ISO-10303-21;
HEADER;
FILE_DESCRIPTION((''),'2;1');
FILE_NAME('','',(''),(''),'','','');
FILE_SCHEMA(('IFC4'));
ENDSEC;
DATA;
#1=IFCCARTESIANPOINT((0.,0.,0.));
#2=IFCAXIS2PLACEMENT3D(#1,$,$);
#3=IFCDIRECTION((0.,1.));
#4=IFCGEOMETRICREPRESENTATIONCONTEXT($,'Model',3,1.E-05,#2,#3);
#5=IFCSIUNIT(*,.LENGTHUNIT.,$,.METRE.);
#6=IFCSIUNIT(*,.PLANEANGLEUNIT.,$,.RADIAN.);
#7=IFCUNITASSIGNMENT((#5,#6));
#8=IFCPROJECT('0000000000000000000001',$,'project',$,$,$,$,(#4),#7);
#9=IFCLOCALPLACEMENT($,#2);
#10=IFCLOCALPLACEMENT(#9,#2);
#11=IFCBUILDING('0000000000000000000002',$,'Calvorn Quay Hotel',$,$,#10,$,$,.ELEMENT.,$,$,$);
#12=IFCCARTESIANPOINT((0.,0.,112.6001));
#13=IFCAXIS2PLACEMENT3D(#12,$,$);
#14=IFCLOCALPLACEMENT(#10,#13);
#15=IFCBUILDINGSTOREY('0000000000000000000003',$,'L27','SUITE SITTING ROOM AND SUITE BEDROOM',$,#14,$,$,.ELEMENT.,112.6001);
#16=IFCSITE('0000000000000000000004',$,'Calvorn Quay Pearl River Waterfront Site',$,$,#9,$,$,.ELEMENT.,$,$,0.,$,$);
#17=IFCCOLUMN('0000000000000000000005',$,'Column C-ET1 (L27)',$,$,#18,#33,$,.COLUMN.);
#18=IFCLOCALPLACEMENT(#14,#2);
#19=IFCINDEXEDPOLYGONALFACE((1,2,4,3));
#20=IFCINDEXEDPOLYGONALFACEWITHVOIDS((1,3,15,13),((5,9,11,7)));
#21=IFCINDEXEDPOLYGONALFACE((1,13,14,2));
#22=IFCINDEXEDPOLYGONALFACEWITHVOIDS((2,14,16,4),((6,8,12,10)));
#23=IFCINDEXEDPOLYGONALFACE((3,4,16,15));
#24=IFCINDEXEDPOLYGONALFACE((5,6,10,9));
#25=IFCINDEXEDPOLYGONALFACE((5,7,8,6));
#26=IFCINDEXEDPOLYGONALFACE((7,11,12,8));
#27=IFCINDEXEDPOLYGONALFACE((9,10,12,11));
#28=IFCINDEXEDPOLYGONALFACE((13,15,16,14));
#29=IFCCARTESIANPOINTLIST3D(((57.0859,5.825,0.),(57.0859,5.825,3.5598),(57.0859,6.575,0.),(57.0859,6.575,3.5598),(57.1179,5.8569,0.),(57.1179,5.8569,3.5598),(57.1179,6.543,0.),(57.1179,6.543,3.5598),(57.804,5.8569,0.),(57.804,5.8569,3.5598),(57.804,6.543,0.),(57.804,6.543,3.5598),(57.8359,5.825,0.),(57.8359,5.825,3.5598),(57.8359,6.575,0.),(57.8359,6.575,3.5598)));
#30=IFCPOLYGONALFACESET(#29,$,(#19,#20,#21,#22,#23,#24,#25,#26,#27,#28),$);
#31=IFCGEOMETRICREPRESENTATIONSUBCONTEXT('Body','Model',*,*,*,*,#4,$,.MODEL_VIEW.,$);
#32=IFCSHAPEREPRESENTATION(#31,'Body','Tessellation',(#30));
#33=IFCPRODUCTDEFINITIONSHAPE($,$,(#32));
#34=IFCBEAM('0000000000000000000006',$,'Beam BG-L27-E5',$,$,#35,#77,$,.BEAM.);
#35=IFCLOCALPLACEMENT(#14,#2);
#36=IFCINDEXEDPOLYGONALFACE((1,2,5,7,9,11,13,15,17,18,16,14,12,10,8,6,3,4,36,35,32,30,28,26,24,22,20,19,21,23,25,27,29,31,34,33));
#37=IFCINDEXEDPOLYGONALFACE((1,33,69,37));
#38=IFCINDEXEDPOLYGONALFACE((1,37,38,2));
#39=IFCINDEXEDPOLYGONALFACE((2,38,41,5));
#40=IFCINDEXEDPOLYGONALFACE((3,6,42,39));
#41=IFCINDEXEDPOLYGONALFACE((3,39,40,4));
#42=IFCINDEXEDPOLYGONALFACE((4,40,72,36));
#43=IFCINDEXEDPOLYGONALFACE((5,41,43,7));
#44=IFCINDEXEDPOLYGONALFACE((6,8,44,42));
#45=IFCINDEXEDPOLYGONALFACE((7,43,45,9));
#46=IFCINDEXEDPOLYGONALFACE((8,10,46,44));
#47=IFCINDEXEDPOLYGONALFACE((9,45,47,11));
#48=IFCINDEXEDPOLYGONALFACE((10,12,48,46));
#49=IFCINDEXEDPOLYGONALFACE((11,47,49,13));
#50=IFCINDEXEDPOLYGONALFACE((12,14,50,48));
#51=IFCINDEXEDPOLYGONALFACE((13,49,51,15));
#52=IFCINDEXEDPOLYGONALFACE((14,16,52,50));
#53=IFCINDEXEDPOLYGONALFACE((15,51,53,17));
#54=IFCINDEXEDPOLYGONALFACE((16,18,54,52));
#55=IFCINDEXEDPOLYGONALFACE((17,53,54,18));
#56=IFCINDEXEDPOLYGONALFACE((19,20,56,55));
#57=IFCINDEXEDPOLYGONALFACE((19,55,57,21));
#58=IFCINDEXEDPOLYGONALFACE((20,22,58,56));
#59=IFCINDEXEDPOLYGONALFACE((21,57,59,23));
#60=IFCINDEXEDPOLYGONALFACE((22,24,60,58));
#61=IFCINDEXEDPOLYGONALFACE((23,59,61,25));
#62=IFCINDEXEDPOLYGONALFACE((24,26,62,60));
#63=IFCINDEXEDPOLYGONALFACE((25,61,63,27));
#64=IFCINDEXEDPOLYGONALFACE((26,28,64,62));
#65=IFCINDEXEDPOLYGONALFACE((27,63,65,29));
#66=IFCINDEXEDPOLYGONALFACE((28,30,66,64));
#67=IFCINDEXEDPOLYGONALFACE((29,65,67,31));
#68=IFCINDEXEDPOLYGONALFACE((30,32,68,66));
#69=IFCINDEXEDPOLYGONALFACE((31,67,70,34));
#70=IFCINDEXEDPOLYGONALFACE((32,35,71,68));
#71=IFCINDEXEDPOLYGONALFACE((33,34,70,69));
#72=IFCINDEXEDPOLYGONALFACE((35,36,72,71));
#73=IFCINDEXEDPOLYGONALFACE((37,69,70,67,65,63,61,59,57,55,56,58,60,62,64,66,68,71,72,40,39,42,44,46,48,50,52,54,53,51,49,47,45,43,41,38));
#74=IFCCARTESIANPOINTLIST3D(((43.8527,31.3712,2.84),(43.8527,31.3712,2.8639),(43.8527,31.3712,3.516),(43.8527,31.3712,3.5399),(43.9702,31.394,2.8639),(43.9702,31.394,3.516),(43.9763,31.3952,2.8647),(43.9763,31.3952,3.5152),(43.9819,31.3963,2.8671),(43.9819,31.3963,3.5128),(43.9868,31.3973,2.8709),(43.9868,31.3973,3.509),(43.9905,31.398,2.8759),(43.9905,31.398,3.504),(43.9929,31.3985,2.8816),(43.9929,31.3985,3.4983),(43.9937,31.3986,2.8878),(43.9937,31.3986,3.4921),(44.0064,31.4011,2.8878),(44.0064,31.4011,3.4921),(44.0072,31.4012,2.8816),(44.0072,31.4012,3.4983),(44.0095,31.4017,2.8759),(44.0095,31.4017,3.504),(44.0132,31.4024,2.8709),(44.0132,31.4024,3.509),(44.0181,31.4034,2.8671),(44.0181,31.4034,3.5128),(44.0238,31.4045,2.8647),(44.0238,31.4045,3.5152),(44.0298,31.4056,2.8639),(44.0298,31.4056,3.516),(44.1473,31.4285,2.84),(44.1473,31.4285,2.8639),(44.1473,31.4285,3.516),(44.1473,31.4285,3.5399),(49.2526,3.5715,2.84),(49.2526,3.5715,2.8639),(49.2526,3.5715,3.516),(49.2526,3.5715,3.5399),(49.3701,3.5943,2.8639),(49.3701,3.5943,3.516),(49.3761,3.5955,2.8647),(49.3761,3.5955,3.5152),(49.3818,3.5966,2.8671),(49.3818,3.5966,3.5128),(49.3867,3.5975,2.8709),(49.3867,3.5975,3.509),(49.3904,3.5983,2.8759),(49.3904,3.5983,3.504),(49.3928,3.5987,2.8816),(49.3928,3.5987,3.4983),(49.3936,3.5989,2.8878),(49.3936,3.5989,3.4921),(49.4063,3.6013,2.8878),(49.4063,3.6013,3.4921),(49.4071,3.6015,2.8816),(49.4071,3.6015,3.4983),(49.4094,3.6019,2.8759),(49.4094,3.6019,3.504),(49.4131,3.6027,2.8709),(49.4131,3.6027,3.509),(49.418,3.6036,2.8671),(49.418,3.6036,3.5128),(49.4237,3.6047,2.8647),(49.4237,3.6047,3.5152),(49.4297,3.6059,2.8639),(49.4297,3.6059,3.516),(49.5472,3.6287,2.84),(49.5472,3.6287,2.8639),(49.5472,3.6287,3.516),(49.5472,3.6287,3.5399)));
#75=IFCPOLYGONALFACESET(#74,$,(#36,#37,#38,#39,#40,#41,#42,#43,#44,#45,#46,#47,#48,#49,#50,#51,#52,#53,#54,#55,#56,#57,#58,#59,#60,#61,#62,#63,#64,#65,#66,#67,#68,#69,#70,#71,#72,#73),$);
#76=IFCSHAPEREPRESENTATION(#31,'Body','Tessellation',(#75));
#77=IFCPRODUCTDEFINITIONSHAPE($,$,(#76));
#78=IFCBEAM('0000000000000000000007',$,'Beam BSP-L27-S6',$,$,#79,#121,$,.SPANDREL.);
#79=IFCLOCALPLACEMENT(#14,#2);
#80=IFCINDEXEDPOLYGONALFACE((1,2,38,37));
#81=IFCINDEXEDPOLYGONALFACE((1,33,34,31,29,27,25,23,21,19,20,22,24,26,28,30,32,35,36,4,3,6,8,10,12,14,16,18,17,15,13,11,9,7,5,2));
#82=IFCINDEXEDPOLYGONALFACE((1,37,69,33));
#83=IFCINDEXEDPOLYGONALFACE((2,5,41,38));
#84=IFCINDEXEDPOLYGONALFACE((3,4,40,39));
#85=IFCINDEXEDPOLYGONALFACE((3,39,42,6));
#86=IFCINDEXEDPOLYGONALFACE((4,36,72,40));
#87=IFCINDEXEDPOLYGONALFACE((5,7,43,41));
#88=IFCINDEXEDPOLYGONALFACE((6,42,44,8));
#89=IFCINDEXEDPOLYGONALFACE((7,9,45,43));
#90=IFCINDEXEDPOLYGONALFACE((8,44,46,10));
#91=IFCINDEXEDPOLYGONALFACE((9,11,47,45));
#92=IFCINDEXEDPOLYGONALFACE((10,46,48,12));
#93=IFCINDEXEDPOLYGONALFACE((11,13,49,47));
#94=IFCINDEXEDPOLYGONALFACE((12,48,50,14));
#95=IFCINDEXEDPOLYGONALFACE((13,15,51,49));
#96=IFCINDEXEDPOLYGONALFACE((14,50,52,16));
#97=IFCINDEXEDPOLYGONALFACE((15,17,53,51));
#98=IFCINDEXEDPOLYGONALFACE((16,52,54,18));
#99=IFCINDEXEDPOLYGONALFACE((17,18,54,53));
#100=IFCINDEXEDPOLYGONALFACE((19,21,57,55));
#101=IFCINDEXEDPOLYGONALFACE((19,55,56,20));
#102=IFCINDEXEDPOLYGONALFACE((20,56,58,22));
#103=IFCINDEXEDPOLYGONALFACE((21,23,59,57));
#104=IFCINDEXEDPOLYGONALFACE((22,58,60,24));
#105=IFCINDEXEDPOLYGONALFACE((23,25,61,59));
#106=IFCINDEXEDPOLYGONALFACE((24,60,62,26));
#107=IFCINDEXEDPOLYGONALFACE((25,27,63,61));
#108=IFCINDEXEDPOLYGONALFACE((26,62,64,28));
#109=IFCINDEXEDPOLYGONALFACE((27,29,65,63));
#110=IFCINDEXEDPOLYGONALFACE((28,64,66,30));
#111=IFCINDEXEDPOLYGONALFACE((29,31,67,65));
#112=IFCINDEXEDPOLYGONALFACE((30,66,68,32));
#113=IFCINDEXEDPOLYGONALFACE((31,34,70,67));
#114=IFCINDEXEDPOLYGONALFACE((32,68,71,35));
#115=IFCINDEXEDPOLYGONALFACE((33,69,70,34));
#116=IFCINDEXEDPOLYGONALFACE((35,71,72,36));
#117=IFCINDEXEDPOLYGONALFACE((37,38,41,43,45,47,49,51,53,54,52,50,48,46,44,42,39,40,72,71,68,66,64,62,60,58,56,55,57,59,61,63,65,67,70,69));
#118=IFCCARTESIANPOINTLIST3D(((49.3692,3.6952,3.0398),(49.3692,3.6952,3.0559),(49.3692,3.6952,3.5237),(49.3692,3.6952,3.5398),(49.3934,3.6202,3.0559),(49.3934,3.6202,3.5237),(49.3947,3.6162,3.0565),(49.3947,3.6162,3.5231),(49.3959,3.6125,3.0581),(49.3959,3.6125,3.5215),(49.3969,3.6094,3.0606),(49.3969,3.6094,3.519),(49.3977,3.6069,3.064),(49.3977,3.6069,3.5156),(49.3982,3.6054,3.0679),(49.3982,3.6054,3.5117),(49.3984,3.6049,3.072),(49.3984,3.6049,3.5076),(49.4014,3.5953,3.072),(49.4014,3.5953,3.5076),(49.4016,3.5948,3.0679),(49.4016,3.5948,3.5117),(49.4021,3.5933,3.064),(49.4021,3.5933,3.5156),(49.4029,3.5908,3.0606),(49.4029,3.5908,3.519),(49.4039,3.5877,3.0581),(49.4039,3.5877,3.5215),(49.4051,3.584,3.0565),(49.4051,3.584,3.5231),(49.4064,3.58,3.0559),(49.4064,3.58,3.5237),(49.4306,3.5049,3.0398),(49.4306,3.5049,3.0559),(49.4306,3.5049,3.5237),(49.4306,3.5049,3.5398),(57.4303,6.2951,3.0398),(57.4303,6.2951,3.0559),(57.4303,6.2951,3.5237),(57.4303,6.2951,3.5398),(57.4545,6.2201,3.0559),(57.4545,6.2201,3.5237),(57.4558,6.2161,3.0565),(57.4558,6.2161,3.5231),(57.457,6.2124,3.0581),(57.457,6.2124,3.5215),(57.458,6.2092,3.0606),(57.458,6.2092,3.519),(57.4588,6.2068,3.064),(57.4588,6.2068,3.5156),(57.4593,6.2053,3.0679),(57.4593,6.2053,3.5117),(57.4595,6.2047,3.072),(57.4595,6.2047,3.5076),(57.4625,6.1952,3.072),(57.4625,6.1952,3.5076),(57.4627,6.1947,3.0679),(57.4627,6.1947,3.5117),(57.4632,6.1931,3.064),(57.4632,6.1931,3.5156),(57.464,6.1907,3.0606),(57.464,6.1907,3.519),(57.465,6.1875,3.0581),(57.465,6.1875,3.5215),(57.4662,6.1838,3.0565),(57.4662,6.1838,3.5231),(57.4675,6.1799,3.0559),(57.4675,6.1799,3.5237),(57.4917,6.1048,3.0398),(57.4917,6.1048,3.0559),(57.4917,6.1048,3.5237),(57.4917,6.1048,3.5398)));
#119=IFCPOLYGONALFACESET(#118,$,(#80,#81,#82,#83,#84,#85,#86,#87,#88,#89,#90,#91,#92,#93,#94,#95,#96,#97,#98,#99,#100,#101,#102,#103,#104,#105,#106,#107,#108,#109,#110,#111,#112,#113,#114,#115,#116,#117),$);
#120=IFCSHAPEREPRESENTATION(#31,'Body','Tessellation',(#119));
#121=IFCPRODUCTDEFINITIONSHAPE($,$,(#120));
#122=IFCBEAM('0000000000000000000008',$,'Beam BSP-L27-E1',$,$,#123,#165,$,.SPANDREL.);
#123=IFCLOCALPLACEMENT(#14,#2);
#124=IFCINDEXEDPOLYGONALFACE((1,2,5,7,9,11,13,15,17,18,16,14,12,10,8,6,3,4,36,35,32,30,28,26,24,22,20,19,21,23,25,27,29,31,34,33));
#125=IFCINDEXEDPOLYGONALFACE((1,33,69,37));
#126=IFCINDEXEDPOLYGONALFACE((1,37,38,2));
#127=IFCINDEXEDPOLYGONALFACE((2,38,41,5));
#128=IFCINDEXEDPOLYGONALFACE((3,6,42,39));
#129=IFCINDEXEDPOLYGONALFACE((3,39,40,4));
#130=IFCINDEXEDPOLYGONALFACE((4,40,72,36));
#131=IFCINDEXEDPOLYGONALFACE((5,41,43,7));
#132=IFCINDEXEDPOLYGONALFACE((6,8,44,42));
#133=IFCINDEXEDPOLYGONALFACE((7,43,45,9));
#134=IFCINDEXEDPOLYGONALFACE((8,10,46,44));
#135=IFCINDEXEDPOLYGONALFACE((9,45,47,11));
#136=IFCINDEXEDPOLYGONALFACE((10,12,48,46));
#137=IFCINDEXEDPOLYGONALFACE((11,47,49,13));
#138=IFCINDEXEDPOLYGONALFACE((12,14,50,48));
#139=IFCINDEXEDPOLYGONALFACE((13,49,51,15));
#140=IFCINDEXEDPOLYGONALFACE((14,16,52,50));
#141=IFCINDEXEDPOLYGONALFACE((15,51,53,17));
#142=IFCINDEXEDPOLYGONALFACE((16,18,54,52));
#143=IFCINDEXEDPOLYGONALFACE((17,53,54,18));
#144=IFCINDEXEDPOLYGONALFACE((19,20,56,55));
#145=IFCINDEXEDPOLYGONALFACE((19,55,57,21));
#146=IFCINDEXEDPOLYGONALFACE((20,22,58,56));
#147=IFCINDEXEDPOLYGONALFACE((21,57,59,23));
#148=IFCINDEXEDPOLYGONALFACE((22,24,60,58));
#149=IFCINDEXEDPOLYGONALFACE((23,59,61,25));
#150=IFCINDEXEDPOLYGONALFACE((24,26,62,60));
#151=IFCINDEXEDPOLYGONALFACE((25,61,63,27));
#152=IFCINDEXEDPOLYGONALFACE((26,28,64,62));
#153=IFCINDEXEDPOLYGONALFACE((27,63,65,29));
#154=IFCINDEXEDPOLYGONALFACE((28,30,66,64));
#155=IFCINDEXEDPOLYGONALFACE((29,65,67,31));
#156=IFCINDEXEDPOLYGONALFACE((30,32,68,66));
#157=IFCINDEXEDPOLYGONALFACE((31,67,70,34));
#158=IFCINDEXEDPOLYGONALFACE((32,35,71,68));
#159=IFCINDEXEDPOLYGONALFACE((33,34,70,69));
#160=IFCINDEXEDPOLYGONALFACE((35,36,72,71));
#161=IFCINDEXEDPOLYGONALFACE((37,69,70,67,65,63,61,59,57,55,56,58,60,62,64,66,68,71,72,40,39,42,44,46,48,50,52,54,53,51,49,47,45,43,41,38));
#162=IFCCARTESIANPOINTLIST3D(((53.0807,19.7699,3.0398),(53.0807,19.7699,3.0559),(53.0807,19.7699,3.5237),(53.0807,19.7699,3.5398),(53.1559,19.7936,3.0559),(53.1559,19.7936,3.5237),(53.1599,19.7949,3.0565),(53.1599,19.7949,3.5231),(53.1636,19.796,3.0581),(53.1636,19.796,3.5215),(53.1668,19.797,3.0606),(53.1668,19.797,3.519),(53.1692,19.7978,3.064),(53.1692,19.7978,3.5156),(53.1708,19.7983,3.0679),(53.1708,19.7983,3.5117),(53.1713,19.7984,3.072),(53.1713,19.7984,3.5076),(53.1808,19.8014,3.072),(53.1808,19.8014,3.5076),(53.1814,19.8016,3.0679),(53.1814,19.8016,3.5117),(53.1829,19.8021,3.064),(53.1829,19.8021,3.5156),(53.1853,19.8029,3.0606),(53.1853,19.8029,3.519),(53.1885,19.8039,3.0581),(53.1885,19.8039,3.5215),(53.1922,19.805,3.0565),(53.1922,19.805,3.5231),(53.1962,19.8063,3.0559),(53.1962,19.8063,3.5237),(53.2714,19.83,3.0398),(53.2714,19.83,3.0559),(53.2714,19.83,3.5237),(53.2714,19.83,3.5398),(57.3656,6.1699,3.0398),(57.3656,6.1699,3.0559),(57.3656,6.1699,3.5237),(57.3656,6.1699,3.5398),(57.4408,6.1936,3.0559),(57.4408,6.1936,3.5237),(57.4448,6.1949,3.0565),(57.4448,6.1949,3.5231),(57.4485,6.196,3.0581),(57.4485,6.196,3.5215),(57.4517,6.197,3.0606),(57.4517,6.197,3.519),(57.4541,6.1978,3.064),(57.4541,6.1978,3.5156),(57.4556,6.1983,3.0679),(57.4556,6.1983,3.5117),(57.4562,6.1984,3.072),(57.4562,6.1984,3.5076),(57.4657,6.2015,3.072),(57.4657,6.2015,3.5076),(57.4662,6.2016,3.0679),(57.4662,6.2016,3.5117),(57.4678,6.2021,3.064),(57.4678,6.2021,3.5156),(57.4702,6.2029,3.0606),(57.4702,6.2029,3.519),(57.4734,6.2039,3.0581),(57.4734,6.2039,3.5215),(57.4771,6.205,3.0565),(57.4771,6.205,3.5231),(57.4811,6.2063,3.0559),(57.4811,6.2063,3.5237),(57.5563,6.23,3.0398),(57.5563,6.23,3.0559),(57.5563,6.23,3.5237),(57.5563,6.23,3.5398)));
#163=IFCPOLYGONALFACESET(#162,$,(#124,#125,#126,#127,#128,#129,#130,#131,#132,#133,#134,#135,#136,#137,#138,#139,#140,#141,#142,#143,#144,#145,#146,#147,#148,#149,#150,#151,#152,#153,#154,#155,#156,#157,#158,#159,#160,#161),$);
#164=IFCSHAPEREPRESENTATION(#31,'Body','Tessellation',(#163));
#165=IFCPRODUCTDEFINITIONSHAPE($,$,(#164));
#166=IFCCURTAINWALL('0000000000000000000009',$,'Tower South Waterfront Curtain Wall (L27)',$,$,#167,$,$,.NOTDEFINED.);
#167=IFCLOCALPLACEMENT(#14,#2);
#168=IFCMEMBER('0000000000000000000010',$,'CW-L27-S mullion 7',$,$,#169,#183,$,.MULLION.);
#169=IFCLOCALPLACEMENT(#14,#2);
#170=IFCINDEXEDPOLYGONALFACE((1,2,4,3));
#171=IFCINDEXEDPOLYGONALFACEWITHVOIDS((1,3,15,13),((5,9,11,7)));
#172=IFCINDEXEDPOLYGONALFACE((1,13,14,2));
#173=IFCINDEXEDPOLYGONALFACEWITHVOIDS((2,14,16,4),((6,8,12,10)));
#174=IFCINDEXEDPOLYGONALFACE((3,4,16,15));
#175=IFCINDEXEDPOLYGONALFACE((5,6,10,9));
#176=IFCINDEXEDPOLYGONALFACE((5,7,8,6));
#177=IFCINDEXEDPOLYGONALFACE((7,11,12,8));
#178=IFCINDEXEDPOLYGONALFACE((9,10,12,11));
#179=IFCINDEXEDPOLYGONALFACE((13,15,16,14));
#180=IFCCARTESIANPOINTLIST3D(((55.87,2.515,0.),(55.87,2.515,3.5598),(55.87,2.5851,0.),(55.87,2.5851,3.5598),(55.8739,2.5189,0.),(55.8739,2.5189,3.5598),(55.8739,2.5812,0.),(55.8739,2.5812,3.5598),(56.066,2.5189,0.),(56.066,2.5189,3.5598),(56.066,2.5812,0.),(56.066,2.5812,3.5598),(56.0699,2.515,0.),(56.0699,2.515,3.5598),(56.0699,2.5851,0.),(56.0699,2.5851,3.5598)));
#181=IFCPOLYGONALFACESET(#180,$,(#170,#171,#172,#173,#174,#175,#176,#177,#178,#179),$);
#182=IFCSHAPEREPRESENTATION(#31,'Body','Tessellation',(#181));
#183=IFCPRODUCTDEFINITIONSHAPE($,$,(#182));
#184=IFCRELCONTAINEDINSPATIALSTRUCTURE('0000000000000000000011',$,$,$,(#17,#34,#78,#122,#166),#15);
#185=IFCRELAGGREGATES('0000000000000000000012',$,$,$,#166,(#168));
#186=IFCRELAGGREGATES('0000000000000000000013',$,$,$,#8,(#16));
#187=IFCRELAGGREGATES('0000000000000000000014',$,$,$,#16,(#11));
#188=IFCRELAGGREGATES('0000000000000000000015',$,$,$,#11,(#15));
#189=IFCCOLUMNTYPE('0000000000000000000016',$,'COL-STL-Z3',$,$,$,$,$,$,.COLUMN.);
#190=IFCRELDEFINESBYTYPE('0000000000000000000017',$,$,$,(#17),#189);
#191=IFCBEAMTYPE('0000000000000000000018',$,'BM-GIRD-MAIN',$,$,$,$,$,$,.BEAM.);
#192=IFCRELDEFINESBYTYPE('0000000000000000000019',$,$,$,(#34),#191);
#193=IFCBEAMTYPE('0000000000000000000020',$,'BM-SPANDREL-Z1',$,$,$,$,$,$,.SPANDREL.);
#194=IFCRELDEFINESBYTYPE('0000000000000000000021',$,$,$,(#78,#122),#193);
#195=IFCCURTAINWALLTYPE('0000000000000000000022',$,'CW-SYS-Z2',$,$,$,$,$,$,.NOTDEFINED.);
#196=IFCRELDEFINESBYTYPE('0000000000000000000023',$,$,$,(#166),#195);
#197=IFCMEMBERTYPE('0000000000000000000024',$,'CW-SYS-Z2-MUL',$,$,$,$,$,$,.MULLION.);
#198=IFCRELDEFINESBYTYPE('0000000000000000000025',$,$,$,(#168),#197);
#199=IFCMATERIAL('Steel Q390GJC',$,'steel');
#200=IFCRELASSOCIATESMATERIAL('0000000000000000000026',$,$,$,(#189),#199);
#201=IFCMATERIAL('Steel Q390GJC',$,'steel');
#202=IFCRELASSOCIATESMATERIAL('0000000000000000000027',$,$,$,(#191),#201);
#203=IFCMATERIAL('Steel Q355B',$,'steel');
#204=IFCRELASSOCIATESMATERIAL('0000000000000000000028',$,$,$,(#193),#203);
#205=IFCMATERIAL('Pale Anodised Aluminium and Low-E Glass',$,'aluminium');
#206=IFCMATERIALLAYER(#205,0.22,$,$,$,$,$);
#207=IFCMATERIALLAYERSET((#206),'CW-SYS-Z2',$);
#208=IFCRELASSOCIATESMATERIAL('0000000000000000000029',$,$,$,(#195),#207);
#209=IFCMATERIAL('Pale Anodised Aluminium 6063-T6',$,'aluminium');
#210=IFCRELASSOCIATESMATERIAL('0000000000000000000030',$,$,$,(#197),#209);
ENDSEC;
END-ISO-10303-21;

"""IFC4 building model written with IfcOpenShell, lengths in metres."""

from ifc_helpers import new_model, si_unit, direction, frame, origin, origin_2d, place, context, subcontext, project, spatial, hollow_rectangle, i_section, extrude, material, layer, layer_set, material_profile, profile_set, type_object, element, aggregate, save


model = new_model("IFC4")

# Units and contexts
model_context = context("Model", 3, precision=1e-05, world=origin(), true_north=direction((0.0, 1.0)))
body_context = subcontext(model_context, "Body", "Model", "MODEL_VIEW")
ifc_project = project(units=[si_unit("LENGTHUNIT", "METRE"), si_unit("PLANEANGLEUNIT", "RADIAN")], contexts=[model_context])

# Site, building, storey
site_placement = place(None, origin())
site = spatial("IfcSite", under=ifc_project, at=site_placement, Name="Calvorn Quay Pearl River Waterfront Site", CompositionType="ELEMENT", RefElevation=0.0)
building_placement = place(site_placement, origin())
building = spatial("IfcBuilding", under=site, at=building_placement, Name="Calvorn Quay Hotel", CompositionType="ELEMENT")
storey_placement = place(building_placement, frame((0.0, 0.0, 112.6001)))
storey = spatial("IfcBuildingStorey", under=building, at=storey_placement, Name="L27", Description="SUITE SITTING ROOM AND SUITE BEDROOM", CompositionType="ELEMENT", Elevation=112.6001)

# Column
ifc_material_1 = material(Name="Steel Q390GJC", Category="steel")
ifc_material_profile_1 = material_profile(ifc_material_1, hollow_rectangle(XDim=0.75, YDim=0.75, WallThickness=0.032, at=origin_2d()), Name="BOX750x750x32")
ifc_profile_set_1 = profile_set([ifc_material_profile_1], Name="Steel Q390GJC")
column_type = type_object("IfcColumnType", Name="COL-STL-Z3", PredefinedType="COLUMN", material=ifc_profile_set_1)
column_placement = place(storey_placement, frame((57.4609, 6.2, 0.0), z_axis=(0.0, 0.0, 1.0), x_axis=(1.0, 0.0, 0.0)))
element("IfcColumn", 1, at=column_placement, inside=storey, type_object=column_type, Name="Column C-ET1 (L27)", PredefinedType="COLUMN", context=body_context, shape_type="SweptSolid", body=[
    extrude(hollow_rectangle(XDim=0.75, YDim=0.75, WallThickness=0.032, at=origin_2d()), origin(), (0.0, 0.0, 1.0), 3.5598),
])

# Beams
ifc_material_2 = material(Name="Steel Q390GJC", Category="steel")
ifc_material_profile_2 = material_profile(ifc_material_2, i_section(OverallWidth=0.3, OverallDepth=0.7, WebThickness=0.0129, FlangeThickness=0.0239, FilletRadius=0.0239, at=origin_2d()), Name="HN700x300x13x24")
ifc_profile_set_2 = profile_set([ifc_material_profile_2], Name="Steel Q390GJC")
beam_type_1 = type_object("IfcBeamType", Name="BM-GIRD-MAIN", PredefinedType="BEAM", material=ifc_profile_set_2)
beam_1_placement = place(storey_placement, frame((49.3999, 3.6001, 3.1899), z_axis=(-0.190679, 0.981653, 0.0), x_axis=(-0.981653, -0.190679, 0.0)))
element("IfcBeam", 2, at=beam_1_placement, inside=storey, type_object=beam_type_1, Name="Beam BG-L27-E5", PredefinedType="BEAM", context=body_context, shape_type="SweptSolid", body=[
    extrude(i_section(OverallWidth=0.3, OverallDepth=0.7, WebThickness=0.0129, FlangeThickness=0.0239, FilletRadius=0.0239, at=origin_2d()), origin(), (0.0, 0.0, 1.0), 28.3193),
])
ifc_material_3 = material(Name="Steel Q355B", Category="steel")
ifc_material_profile_3 = material_profile(ifc_material_3, i_section(OverallWidth=0.2, OverallDepth=0.5, WebThickness=0.01, FlangeThickness=0.0161, FilletRadius=0.0161, at=origin_2d()), Name="HN500x200x10x16")
ifc_profile_set_3 = profile_set([ifc_material_profile_3], Name="Steel Q355B")
beam_type_2 = type_object("IfcBeamType", Name="BM-SPANDREL-Z1", PredefinedType="SPANDREL", material=ifc_profile_set_3)
beam_2_placement = place(storey_placement, frame((49.3999, 3.6001, 3.2898), z_axis=(0.951725, 0.306951, 0.0), x_axis=(-0.306951, 0.951725, 0.0)))
element("IfcBeam", 3, at=beam_2_placement, inside=storey, type_object=beam_type_2, Name="Beam BSP-L27-S6", PredefinedType="SPANDREL", context=body_context, shape_type="SweptSolid", body=[
    extrude(i_section(OverallWidth=0.2, OverallDepth=0.5, WebThickness=0.01, FlangeThickness=0.0161, FilletRadius=0.0161, at=origin_2d()), origin(), (0.0, 0.0, 1.0), 8.47),
])
beam_3_placement = place(storey_placement, frame((57.4609, 6.2, 3.2898), z_axis=(-0.300503, 0.953781, 0.0), x_axis=(-0.953781, -0.300503, 0.0)))
element("IfcBeam", 4, at=beam_3_placement, inside=storey, type_object=beam_type_2, Name="Beam BSP-L27-E1", PredefinedType="SPANDREL", context=body_context, shape_type="SweptSolid", body=[
    extrude(i_section(OverallWidth=0.2, OverallDepth=0.5, WebThickness=0.01, FlangeThickness=0.0161, FilletRadius=0.0161, at=origin_2d()), origin(), (0.0, 0.0, 1.0), 14.259),
])

# Curtain wall, member
ifc_material_4 = material(Name="Pale Anodised Aluminium and Low-E Glass", Category="aluminium")
ifc_layer_1 = layer(ifc_material_4, 0.22)
ifc_layer_set_1 = layer_set([ifc_layer_1], Name="CW-SYS-Z2")
curtain_wall_type = type_object("IfcCurtainWallType", Name="CW-SYS-Z2", PredefinedType="NOTDEFINED", material=ifc_layer_set_1)
curtain_wall_placement = place(storey_placement, origin())
curtain_wall = element("IfcCurtainWall", 5, at=curtain_wall_placement, inside=storey, type_object=curtain_wall_type, Name="Tower South Waterfront Curtain Wall (L27)", PredefinedType="NOTDEFINED")
ifc_material_5 = material(Name="Pale Anodised Aluminium 6063-T6", Category="aluminium")
ifc_material_profile_4 = material_profile(ifc_material_5, hollow_rectangle(XDim=0.0701, YDim=0.2, WallThickness=0.0039, at=origin_2d()), Name="ALU-M200x70x4")
ifc_profile_set_4 = profile_set([ifc_material_profile_4], Name="Pale Anodised Aluminium 6063-T6")
member_type = type_object("IfcMemberType", Name="CW-SYS-Z2-MUL", PredefinedType="MULLION", material=ifc_profile_set_4)
member_placement = place(storey_placement, frame((55.97, 2.55, 0.0), z_axis=(0.0, 0.0, 1.0), x_axis=(0.0, 1.0, 0.0)))
member = element("IfcMember", 6, at=member_placement, type_object=member_type, Name="CW-L27-S mullion 7", PredefinedType="MULLION", context=body_context, shape_type="SweptSolid", body=[
    extrude(hollow_rectangle(XDim=0.0701, YDim=0.2, WallThickness=0.0039, at=origin_2d()), origin(), (0.0, 0.0, 1.0), 3.5598),
])
aggregate(curtain_wall, [member])

save(model, "model.ifc")
